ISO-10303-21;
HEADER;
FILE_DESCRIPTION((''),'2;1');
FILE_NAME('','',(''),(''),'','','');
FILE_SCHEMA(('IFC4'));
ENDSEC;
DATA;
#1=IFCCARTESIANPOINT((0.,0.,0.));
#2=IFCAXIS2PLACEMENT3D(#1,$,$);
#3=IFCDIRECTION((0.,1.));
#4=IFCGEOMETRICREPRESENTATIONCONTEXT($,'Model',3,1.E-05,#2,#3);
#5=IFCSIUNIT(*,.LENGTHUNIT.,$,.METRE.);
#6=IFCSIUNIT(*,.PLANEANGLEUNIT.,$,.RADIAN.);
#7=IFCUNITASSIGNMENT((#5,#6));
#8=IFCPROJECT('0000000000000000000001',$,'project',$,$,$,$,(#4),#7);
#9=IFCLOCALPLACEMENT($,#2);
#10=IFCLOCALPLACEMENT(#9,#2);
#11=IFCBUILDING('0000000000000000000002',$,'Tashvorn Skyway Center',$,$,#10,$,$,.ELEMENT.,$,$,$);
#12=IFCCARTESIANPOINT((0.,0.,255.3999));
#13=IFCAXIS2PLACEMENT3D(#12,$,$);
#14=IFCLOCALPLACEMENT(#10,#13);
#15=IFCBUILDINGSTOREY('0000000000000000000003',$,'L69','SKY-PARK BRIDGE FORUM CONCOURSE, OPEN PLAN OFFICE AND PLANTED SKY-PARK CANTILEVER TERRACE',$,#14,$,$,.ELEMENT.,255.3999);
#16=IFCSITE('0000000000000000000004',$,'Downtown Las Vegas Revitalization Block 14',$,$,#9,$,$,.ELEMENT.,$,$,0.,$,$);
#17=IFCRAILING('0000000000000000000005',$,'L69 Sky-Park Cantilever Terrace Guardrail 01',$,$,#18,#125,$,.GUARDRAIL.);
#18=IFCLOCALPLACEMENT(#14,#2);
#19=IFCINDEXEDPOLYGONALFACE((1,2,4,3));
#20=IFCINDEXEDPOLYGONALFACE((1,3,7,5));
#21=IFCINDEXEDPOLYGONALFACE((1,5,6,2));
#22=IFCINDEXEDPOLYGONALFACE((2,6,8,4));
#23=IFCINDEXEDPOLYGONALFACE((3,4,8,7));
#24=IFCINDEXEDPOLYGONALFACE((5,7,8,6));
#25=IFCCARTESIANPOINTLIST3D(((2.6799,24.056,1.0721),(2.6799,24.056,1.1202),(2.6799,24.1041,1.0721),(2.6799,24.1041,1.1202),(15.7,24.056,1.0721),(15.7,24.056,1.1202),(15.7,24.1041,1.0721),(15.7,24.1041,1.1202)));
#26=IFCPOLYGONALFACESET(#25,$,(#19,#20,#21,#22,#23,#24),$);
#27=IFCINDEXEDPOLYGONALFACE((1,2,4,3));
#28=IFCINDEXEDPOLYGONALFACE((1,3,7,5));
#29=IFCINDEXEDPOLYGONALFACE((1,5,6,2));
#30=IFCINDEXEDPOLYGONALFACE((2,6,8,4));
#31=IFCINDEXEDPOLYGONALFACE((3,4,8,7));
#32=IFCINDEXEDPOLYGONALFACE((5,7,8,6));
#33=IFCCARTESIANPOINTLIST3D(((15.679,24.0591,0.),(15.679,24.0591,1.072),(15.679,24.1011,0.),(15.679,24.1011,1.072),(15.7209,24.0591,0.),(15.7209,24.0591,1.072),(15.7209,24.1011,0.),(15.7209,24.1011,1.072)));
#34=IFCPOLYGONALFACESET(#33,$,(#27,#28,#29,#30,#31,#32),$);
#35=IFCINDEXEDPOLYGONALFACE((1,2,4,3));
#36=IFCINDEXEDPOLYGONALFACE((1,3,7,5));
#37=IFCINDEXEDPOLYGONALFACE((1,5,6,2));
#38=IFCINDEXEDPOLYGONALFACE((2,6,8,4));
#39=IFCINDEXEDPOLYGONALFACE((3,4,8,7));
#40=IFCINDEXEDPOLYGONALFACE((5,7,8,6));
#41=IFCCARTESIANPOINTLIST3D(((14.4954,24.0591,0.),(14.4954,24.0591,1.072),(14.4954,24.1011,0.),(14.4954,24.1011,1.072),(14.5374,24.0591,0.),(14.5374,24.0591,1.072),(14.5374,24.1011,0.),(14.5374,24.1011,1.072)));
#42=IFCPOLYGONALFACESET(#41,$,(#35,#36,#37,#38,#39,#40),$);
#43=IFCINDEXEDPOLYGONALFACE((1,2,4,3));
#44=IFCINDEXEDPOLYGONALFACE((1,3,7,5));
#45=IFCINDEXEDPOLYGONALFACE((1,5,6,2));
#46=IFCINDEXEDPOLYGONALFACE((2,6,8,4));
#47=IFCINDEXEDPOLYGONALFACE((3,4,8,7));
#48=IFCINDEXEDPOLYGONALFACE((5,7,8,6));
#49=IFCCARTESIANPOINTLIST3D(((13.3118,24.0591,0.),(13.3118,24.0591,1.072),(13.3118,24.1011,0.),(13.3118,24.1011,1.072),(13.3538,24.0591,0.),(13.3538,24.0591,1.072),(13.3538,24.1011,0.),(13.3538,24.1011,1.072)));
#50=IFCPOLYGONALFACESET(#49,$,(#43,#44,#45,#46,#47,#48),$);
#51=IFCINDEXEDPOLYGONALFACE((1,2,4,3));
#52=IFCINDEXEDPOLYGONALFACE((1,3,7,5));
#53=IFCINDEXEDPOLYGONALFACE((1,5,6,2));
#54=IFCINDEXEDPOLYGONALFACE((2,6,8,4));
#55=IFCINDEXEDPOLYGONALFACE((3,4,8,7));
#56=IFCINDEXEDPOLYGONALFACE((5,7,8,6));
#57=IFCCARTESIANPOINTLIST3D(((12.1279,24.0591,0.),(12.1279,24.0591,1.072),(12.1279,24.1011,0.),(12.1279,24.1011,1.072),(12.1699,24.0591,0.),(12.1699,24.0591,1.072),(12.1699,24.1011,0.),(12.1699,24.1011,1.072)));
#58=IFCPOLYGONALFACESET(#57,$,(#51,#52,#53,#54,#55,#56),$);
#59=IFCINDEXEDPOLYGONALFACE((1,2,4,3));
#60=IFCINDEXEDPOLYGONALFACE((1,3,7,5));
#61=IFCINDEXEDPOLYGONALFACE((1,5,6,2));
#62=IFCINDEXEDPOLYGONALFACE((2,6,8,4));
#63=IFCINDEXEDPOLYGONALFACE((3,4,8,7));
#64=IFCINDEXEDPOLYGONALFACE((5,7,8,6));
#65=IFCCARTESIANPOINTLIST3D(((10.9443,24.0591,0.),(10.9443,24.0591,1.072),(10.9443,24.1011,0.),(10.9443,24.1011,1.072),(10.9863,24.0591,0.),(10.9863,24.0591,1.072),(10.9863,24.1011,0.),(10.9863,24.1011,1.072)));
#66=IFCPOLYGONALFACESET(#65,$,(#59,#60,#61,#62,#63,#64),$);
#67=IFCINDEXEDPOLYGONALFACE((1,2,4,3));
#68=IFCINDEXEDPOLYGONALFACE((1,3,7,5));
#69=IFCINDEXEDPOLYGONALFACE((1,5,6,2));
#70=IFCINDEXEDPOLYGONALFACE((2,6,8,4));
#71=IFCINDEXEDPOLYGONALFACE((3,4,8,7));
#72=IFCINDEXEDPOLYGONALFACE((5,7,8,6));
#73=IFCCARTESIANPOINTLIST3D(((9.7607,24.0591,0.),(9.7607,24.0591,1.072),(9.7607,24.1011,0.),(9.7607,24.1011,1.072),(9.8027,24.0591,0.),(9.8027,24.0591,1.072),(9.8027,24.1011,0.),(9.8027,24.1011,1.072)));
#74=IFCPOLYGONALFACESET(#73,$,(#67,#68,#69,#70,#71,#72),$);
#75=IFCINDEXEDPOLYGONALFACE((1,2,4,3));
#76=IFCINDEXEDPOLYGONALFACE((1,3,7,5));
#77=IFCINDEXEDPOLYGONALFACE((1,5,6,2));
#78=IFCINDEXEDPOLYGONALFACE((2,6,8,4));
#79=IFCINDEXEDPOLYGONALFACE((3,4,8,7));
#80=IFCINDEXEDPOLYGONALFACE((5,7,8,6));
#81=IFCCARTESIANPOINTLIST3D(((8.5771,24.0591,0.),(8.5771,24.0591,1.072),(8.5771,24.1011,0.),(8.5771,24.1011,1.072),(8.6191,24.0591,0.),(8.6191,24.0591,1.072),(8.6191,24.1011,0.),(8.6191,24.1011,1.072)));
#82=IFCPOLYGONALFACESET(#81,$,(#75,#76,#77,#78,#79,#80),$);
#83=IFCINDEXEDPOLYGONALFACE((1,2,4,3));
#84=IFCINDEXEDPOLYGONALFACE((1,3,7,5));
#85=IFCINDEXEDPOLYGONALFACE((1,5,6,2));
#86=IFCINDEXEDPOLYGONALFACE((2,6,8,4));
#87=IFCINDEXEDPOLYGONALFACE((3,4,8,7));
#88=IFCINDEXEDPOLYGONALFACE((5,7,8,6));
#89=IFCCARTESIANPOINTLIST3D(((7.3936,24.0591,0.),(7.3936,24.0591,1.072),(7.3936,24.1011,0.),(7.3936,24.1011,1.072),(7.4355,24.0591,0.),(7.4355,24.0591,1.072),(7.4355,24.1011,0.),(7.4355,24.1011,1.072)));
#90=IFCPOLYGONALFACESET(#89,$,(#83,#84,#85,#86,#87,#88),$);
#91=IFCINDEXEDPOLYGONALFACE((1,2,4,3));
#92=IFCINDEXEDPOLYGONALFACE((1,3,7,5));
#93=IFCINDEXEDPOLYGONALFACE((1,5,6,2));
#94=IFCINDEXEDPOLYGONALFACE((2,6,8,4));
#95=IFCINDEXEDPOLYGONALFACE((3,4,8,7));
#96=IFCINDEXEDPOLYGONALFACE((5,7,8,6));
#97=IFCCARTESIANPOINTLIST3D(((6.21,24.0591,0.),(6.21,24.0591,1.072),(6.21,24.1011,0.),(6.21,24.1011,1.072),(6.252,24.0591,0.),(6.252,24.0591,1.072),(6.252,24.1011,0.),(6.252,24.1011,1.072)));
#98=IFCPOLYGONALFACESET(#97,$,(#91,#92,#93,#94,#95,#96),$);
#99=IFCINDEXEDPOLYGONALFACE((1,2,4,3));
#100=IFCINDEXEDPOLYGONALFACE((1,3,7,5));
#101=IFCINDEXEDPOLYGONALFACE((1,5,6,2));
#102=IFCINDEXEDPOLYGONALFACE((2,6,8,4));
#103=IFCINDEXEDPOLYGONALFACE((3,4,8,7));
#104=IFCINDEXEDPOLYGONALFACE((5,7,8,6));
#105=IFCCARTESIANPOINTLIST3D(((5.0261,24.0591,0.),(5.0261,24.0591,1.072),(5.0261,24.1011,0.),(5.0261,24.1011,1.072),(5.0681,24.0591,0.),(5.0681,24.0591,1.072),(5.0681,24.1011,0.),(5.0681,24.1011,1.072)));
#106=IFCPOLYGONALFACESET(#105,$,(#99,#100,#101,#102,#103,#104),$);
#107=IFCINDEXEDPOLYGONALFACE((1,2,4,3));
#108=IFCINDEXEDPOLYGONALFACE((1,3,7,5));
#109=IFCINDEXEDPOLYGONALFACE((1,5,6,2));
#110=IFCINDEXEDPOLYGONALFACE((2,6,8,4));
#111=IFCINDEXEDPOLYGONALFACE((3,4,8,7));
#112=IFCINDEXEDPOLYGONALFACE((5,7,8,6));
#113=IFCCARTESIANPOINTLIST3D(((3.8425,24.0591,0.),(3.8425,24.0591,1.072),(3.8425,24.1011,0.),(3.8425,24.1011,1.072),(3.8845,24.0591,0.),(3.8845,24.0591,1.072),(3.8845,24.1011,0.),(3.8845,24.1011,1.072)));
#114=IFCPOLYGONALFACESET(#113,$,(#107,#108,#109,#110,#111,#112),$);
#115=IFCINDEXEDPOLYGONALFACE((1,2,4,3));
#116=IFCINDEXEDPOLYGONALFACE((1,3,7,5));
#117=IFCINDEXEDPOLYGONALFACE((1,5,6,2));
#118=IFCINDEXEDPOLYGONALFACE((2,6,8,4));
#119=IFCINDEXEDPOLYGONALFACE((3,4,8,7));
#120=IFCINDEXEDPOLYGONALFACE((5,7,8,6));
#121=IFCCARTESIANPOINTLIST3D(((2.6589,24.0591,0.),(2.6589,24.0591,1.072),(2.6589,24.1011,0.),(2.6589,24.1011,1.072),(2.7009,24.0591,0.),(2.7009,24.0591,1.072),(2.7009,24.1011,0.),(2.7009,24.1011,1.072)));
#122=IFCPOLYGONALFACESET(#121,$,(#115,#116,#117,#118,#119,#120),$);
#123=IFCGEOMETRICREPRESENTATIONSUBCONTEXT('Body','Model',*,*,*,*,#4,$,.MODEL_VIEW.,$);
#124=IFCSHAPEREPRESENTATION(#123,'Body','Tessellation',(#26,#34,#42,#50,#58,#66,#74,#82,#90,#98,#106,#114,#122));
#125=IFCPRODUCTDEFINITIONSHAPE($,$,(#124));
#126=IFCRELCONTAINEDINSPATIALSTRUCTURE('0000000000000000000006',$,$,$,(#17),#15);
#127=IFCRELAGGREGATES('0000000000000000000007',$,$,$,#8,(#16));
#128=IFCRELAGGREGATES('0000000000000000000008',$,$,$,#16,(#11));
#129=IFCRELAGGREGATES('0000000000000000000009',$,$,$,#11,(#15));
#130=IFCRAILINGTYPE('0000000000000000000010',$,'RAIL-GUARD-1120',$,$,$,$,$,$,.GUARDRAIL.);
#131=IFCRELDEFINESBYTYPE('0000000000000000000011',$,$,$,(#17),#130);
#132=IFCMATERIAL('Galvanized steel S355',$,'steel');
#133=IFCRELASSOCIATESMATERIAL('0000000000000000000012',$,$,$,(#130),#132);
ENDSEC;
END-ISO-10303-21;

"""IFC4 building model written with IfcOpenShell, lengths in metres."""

from ifc_helpers import new_model, si_unit, direction, frame, origin, origin_2d, place, context, subcontext, project, spatial, rectangle, extrude, material, type_object, element, save


model = new_model("IFC4")

# Units and contexts
model_context = context("Model", 3, precision=1e-05, world=origin(), true_north=direction((0.0, 1.0)))
body_context = subcontext(model_context, "Body", "Model", "MODEL_VIEW")
ifc_project = project(units=[si_unit("LENGTHUNIT", "METRE"), si_unit("PLANEANGLEUNIT", "RADIAN")], contexts=[model_context])

# Site, building, storey
site_placement = place(None, origin())
site = spatial("IfcSite", under=ifc_project, at=site_placement, Name="Downtown Las Vegas Revitalization Block 14", CompositionType="ELEMENT", RefElevation=0.0)
building_placement = place(site_placement, origin())
building = spatial("IfcBuilding", under=site, at=building_placement, Name="Tashvorn Skyway Center", CompositionType="ELEMENT")
storey_placement = place(building_placement, frame((0.0, 0.0, 255.3999)))
storey = spatial("IfcBuildingStorey", under=building, at=storey_placement, Name="L69", Description="SKY-PARK BRIDGE FORUM CONCOURSE, OPEN PLAN OFFICE AND PLANTED SKY-PARK CANTILEVER TERRACE", CompositionType="ELEMENT", Elevation=255.3999)

# Railing
ifc_material_1 = material(Name="Galvanized steel S355", Category="steel")
railing_type = type_object("IfcRailingType", Name="RAIL-GUARD-1120", PredefinedType="GUARDRAIL", material=ifc_material_1)
railing_placement = place(storey_placement, frame((15.7, 24.0801, 0.0)))
element("IfcRailing", 1, at=railing_placement, inside=storey, type_object=railing_type, Name="L69 Sky-Park Cantilever Terrace Guardrail 01", PredefinedType="GUARDRAIL", context=body_context, shape_type="SweptSolid", body=[
    extrude(rectangle(XDim=0.0481, YDim=0.0481, at=origin_2d()), frame((0.0, 0.0, 1.0962), z_axis=(-1.0, 0.0, 0.0), x_axis=(0.0, -1.0, 0.0)), (0.0, 0.0, 1.0), 13.02),
    extrude(rectangle(XDim=0.042, YDim=0.042, at=origin_2d()), origin(), (0.0, 0.0, 1.0), 1.072),
    extrude(rectangle(XDim=0.042, YDim=0.042, at=origin_2d()), frame((-1.1836, 0.0, 0.0)), (0.0, 0.0, 1.0), 1.072),
    extrude(rectangle(XDim=0.042, YDim=0.042, at=origin_2d()), frame((-2.3672, 0.0, 0.0)), (0.0, 0.0, 1.0), 1.072),
    extrude(rectangle(XDim=0.042, YDim=0.042, at=origin_2d()), frame((-3.551, 0.0, 0.0)), (0.0, 0.0, 1.0), 1.072),
    extrude(rectangle(XDim=0.042, YDim=0.042, at=origin_2d()), frame((-4.7346, 0.0, 0.0)), (0.0, 0.0, 1.0), 1.072),
    extrude(rectangle(XDim=0.042, YDim=0.042, at=origin_2d()), frame((-5.9182, 0.0, 0.0)), (0.0, 0.0, 1.0), 1.072),
    extrude(rectangle(XDim=0.042, YDim=0.042, at=origin_2d()), frame((-7.1018, 0.0, 0.0)), (0.0, 0.0, 1.0), 1.072),
    extrude(rectangle(XDim=0.042, YDim=0.042, at=origin_2d()), frame((-8.2854, 0.0, 0.0)), (0.0, 0.0, 1.0), 1.072),
    extrude(rectangle(XDim=0.042, YDim=0.042, at=origin_2d()), frame((-9.469, 0.0, 0.0)), (0.0, 0.0, 1.0), 1.072),
    extrude(rectangle(XDim=0.042, YDim=0.042, at=origin_2d()), frame((-10.6528, 0.0, 0.0)), (0.0, 0.0, 1.0), 1.072),
    extrude(rectangle(XDim=0.042, YDim=0.042, at=origin_2d()), frame((-11.8364, 0.0, 0.0)), (0.0, 0.0, 1.0), 1.072),
    extrude(rectangle(XDim=0.042, YDim=0.042, at=origin_2d()), frame((-13.02, 0.0, 0.0)), (0.0, 0.0, 1.0), 1.072),
])

save(model, "model.ifc")
